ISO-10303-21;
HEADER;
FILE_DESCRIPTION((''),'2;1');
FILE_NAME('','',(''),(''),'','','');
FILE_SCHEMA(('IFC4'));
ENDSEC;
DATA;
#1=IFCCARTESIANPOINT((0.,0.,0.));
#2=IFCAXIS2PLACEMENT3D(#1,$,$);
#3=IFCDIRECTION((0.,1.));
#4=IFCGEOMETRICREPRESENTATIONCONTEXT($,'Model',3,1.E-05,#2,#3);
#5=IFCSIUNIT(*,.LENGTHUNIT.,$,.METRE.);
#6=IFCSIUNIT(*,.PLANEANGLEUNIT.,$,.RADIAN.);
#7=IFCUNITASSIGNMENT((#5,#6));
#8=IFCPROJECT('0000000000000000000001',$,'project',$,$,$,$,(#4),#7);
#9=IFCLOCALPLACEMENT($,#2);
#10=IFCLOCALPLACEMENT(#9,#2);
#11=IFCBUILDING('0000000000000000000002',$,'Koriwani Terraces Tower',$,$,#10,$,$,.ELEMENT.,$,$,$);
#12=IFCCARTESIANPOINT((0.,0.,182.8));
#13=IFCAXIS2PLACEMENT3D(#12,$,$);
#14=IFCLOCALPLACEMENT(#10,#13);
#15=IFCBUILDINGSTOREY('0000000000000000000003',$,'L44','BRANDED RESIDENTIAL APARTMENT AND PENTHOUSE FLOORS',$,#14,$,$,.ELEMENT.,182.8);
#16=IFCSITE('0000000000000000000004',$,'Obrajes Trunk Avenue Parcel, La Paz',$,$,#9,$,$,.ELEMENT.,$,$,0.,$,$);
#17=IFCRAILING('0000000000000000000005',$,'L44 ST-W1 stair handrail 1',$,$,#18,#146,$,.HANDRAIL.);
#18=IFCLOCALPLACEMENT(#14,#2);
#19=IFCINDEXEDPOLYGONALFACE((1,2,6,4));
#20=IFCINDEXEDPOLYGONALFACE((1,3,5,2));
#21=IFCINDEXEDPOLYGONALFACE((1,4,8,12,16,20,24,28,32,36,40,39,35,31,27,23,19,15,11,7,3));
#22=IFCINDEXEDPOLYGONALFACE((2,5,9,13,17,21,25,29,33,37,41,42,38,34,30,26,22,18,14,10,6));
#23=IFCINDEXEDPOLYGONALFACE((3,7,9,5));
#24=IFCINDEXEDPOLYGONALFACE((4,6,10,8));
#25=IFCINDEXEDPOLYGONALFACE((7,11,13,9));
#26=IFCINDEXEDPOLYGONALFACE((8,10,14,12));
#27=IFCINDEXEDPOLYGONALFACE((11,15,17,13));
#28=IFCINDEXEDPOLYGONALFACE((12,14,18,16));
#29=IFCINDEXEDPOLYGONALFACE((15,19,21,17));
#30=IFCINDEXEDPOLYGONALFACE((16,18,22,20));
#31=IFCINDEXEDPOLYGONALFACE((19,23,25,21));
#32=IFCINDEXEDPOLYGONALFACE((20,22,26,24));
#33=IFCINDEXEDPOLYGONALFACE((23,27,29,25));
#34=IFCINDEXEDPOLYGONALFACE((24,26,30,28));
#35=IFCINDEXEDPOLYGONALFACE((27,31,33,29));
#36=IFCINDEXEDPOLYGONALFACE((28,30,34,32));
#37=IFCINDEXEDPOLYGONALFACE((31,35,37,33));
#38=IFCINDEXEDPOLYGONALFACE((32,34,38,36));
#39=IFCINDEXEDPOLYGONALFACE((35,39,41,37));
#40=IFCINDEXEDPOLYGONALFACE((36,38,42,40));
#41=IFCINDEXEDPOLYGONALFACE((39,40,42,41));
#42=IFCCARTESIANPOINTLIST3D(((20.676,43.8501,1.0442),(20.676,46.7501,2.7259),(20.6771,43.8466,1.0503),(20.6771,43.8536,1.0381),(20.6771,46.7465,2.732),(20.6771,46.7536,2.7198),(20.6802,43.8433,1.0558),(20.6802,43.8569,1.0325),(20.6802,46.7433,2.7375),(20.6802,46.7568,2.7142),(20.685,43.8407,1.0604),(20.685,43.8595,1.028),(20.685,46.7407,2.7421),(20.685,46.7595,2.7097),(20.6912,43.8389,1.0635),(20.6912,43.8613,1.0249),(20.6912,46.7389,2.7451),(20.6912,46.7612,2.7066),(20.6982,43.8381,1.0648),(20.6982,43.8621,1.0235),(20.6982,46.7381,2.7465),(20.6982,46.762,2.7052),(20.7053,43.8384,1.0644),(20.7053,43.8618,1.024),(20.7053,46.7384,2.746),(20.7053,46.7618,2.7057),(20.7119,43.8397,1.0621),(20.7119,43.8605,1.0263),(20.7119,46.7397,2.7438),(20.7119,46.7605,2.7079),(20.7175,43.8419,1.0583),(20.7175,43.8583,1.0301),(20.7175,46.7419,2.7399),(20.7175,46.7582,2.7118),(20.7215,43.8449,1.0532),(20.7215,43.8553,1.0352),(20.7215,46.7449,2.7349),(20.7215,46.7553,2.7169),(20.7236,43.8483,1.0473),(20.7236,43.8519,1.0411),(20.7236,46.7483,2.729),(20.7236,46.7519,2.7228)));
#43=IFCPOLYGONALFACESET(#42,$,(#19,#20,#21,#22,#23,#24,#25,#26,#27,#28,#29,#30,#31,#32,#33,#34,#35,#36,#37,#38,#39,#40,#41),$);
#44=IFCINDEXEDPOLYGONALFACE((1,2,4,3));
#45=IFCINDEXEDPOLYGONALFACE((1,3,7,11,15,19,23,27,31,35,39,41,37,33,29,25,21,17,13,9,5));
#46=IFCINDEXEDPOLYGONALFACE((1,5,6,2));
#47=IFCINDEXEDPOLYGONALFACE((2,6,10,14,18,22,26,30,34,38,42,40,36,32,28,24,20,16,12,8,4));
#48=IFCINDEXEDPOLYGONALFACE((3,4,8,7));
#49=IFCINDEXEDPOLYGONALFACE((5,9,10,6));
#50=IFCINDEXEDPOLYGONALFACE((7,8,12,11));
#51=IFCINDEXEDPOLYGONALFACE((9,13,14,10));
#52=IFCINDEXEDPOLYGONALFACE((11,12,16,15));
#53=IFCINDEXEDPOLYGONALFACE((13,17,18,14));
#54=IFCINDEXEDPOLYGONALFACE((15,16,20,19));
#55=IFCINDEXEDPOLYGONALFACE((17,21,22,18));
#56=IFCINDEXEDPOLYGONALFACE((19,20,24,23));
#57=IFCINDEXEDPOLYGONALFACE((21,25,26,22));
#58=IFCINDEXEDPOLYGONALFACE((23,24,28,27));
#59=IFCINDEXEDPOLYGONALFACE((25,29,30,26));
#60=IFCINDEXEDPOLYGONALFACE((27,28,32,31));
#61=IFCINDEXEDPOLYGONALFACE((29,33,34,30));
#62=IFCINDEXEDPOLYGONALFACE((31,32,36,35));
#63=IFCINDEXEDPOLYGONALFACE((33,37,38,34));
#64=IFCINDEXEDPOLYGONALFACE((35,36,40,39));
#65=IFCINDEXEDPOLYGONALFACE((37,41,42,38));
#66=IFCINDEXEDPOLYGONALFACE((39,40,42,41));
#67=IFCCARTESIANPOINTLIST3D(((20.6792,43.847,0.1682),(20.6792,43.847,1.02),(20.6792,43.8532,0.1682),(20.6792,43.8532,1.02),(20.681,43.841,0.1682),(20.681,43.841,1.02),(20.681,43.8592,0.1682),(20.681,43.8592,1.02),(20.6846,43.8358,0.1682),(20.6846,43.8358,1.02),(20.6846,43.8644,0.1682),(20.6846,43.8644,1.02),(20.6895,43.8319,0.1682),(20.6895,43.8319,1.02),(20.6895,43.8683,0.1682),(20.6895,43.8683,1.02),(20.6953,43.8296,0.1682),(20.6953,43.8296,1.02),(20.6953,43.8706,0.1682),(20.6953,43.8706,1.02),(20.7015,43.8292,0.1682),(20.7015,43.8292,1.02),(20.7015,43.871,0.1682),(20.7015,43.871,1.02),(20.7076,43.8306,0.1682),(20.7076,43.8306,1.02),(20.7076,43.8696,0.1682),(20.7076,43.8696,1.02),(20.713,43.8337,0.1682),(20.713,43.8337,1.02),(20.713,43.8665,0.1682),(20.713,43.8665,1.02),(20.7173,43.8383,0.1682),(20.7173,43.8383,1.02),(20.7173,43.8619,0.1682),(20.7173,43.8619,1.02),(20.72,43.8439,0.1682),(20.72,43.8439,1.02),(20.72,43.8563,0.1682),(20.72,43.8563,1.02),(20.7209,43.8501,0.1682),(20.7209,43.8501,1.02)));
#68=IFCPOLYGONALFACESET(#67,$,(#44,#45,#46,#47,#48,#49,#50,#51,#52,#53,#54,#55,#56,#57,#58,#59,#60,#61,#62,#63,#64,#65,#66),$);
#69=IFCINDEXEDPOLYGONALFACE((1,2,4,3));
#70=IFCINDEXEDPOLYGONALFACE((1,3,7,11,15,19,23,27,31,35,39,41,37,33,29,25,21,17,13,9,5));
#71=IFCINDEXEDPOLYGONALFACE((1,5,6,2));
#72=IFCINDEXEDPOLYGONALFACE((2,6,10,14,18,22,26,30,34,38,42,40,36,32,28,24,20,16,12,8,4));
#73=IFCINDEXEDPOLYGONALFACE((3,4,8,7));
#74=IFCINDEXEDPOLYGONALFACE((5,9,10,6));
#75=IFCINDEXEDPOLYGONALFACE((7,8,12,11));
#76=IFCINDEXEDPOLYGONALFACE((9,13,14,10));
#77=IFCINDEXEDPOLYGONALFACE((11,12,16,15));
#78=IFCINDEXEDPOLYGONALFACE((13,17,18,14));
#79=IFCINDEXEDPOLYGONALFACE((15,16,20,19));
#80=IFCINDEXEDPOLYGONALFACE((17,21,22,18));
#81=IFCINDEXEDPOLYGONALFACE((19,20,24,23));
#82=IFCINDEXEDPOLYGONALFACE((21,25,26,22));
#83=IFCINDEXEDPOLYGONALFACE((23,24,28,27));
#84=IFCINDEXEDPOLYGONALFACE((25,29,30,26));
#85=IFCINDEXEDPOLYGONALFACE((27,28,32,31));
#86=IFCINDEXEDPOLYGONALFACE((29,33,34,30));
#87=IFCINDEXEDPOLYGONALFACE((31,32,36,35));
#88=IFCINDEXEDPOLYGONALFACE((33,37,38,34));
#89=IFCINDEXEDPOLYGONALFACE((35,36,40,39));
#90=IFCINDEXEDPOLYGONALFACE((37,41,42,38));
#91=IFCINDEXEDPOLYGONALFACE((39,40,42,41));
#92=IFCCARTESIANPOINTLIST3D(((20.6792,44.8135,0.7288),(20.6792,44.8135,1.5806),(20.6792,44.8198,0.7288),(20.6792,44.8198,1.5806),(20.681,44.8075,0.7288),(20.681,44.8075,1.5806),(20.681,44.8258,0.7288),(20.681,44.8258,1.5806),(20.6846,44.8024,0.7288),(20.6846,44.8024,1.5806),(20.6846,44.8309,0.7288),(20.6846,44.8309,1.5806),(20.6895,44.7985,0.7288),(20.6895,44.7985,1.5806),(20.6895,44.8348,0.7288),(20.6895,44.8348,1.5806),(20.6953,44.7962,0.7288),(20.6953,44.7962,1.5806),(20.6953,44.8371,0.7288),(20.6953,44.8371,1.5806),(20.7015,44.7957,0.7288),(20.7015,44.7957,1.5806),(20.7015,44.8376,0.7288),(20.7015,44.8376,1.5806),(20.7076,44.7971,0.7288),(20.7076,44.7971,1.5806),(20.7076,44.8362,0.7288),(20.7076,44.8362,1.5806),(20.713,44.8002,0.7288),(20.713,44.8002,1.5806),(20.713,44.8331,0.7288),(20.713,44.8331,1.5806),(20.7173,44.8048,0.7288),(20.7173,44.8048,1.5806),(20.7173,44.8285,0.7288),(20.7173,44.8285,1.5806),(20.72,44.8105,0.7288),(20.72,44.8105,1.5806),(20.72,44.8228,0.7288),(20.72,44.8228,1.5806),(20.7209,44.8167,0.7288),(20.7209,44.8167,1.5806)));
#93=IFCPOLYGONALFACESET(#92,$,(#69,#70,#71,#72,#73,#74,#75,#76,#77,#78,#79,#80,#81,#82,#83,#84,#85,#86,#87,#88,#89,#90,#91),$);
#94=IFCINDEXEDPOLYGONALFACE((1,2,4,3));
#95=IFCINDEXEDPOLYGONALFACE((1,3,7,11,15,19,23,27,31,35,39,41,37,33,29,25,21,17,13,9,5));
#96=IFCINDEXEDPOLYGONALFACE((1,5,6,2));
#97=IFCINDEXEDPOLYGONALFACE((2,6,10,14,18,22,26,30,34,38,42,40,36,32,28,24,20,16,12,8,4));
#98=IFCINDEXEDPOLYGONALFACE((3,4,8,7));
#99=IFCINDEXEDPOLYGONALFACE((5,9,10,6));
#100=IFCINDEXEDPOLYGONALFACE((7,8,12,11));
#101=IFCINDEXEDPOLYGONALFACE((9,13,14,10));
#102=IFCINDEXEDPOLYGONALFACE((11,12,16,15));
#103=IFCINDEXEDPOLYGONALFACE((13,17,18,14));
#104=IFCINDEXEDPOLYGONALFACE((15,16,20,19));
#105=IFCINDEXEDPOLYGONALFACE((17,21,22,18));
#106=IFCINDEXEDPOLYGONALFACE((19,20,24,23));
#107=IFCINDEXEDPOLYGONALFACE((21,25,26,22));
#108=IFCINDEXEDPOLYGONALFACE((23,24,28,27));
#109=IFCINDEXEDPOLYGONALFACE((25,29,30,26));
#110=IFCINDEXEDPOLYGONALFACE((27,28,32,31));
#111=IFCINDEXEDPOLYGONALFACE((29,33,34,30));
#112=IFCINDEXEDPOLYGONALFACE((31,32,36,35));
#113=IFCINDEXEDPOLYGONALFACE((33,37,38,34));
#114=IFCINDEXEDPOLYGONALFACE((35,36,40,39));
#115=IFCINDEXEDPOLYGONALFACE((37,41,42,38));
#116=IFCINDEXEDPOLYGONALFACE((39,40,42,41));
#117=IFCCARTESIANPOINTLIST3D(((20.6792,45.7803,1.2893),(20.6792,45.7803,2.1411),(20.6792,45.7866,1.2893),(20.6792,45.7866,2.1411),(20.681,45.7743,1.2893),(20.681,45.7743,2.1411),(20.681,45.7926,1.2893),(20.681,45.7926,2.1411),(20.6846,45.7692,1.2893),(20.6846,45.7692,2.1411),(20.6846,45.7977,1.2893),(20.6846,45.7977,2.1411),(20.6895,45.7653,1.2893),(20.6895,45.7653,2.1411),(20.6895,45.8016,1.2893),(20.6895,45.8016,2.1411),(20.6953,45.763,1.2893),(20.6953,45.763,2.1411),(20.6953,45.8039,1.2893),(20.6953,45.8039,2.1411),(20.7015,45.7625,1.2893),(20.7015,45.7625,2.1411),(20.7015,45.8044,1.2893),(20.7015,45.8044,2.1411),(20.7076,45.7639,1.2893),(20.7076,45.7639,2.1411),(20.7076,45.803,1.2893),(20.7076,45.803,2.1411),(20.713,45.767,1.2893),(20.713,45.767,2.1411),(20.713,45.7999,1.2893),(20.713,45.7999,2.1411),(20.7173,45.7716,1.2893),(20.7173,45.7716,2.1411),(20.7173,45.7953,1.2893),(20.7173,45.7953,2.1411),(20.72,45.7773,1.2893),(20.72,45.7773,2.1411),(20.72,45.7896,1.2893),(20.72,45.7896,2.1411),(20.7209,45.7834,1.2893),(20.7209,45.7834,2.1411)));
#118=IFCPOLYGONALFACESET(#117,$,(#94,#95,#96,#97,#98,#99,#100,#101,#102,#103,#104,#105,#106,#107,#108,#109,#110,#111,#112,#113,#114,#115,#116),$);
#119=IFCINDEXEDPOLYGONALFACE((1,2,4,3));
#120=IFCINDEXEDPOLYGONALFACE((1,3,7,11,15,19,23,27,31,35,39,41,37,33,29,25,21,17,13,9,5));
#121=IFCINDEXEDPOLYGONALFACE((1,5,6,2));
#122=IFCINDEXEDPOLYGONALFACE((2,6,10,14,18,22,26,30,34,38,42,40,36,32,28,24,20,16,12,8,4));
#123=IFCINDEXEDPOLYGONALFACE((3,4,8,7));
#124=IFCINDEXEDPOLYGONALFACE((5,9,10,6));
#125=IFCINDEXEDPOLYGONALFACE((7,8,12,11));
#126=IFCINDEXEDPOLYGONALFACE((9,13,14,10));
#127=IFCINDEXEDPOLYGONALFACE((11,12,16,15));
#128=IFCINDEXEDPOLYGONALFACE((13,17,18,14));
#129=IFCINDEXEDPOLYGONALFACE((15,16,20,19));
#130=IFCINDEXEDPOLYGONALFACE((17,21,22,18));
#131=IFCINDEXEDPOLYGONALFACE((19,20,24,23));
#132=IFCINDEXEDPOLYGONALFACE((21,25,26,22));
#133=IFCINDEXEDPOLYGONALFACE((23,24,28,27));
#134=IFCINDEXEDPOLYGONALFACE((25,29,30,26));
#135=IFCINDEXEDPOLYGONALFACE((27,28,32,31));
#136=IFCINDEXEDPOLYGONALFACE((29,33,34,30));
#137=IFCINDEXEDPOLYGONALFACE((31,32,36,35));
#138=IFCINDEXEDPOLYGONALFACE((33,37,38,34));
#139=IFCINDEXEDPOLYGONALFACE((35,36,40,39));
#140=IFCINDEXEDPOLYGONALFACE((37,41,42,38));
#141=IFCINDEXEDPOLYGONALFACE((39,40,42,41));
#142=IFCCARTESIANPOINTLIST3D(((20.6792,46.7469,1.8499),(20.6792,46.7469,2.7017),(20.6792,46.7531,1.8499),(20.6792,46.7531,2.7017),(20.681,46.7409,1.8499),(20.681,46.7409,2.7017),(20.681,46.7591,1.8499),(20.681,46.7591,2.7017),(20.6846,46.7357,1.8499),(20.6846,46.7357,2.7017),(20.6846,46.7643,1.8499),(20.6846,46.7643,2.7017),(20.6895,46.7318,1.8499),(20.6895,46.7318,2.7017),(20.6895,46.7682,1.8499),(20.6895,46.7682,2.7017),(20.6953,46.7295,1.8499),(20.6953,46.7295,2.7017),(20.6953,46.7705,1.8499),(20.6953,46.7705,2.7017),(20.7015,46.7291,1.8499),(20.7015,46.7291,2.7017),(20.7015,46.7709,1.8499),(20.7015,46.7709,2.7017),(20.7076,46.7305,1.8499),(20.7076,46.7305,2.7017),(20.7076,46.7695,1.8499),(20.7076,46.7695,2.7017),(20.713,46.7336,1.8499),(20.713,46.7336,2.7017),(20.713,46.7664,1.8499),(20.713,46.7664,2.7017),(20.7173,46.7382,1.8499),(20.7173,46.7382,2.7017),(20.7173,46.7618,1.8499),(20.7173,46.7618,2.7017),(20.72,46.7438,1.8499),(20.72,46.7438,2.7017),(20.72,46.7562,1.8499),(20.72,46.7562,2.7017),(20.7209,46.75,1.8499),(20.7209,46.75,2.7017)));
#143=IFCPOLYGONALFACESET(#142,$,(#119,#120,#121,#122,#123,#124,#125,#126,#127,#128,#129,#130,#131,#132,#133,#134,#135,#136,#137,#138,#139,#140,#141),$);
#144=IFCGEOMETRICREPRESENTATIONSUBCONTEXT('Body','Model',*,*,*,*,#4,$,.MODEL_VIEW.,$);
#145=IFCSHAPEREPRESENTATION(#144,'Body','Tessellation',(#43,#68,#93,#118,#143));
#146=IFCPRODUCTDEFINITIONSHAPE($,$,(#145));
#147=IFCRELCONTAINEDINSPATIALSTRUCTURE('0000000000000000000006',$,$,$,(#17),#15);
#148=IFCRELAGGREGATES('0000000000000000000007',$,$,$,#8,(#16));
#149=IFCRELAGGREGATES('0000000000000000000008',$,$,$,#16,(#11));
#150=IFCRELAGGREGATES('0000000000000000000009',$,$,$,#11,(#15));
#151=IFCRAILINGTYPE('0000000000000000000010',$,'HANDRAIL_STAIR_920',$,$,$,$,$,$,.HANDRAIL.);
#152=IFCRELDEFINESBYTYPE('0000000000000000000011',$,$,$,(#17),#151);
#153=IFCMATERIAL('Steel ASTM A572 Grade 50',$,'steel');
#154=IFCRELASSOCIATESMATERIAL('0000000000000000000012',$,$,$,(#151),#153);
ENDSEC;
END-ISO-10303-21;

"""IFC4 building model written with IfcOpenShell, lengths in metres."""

from ifc_helpers import new_model, si_unit, direction, frame, origin, origin_2d, place, context, subcontext, project, spatial, circle, extrude, material, type_object, element, save


model = new_model("IFC4")

# Units and contexts
model_context = context("Model", 3, precision=1e-05, world=origin(), true_north=direction((0.0, 1.0)))
body_context = subcontext(model_context, "Body", "Model", "MODEL_VIEW")
ifc_project = project(units=[si_unit("LENGTHUNIT", "METRE"), si_unit("PLANEANGLEUNIT", "RADIAN")], contexts=[model_context])

# Site, building, storey
site_placement = place(None, origin())
site = spatial("IfcSite", under=ifc_project, at=site_placement, Name="Obrajes Trunk Avenue Parcel, La Paz", CompositionType="ELEMENT", RefElevation=0.0)
building_placement = place(site_placement, origin())
building = spatial("IfcBuilding", under=site, at=building_placement, Name="Koriwani Terraces Tower", CompositionType="ELEMENT")
storey_placement = place(building_placement, frame((0.0, 0.0, 182.8)))
storey = spatial("IfcBuildingStorey", under=building, at=storey_placement, Name="L44", Description="BRANDED RESIDENTIAL APARTMENT AND PENTHOUSE FLOORS", CompositionType="ELEMENT", Elevation=182.8)

# Shared definitions
ifc_material_1 = material(Name="Steel ASTM A572 Grade 50", Category="steel")

# Railing
railing_type_1 = type_object("IfcRailingType", Name="HANDRAIL_STAIR_920", PredefinedType="HANDRAIL", material=ifc_material_1)
railing_1_placement = place(storey_placement, frame((20.7, 43.8501, 0.1682)))
element("IfcRailing", 1, at=railing_1_placement, inside=storey, type_object=railing_type_1, Name="L44 ST-W1 stair handrail 1", PredefinedType="HANDRAIL", context=body_context, shape_type="SweptSolid", body=[
    extrude(circle(Radius=0.0239, at=origin_2d()), frame((0.0, 0.0, 0.876), z_axis=(0.0, 0.86507, 0.501651), x_axis=(-1.0, 0.0, 0.0)), (0.0, 0.0, 1.0), 3.3523),
    extrude(circle(Radius=0.021, at=origin_2d()), origin(), (0.0, 0.0, 1.0), 0.8518),
    extrude(circle(Radius=0.021, at=origin_2d()), frame((0.0, 0.9666, 0.5605)), (0.0, 0.0, 1.0), 0.8518),
    extrude(circle(Radius=0.021, at=origin_2d()), frame((0.0, 1.9333, 1.1211)), (0.0, 0.0, 1.0), 0.8518),
    extrude(circle(Radius=0.021, at=origin_2d()), frame((0.0, 2.8999, 1.6816)), (0.0, 0.0, 1.0), 0.8518),
])

save(model, "model.ifc")
